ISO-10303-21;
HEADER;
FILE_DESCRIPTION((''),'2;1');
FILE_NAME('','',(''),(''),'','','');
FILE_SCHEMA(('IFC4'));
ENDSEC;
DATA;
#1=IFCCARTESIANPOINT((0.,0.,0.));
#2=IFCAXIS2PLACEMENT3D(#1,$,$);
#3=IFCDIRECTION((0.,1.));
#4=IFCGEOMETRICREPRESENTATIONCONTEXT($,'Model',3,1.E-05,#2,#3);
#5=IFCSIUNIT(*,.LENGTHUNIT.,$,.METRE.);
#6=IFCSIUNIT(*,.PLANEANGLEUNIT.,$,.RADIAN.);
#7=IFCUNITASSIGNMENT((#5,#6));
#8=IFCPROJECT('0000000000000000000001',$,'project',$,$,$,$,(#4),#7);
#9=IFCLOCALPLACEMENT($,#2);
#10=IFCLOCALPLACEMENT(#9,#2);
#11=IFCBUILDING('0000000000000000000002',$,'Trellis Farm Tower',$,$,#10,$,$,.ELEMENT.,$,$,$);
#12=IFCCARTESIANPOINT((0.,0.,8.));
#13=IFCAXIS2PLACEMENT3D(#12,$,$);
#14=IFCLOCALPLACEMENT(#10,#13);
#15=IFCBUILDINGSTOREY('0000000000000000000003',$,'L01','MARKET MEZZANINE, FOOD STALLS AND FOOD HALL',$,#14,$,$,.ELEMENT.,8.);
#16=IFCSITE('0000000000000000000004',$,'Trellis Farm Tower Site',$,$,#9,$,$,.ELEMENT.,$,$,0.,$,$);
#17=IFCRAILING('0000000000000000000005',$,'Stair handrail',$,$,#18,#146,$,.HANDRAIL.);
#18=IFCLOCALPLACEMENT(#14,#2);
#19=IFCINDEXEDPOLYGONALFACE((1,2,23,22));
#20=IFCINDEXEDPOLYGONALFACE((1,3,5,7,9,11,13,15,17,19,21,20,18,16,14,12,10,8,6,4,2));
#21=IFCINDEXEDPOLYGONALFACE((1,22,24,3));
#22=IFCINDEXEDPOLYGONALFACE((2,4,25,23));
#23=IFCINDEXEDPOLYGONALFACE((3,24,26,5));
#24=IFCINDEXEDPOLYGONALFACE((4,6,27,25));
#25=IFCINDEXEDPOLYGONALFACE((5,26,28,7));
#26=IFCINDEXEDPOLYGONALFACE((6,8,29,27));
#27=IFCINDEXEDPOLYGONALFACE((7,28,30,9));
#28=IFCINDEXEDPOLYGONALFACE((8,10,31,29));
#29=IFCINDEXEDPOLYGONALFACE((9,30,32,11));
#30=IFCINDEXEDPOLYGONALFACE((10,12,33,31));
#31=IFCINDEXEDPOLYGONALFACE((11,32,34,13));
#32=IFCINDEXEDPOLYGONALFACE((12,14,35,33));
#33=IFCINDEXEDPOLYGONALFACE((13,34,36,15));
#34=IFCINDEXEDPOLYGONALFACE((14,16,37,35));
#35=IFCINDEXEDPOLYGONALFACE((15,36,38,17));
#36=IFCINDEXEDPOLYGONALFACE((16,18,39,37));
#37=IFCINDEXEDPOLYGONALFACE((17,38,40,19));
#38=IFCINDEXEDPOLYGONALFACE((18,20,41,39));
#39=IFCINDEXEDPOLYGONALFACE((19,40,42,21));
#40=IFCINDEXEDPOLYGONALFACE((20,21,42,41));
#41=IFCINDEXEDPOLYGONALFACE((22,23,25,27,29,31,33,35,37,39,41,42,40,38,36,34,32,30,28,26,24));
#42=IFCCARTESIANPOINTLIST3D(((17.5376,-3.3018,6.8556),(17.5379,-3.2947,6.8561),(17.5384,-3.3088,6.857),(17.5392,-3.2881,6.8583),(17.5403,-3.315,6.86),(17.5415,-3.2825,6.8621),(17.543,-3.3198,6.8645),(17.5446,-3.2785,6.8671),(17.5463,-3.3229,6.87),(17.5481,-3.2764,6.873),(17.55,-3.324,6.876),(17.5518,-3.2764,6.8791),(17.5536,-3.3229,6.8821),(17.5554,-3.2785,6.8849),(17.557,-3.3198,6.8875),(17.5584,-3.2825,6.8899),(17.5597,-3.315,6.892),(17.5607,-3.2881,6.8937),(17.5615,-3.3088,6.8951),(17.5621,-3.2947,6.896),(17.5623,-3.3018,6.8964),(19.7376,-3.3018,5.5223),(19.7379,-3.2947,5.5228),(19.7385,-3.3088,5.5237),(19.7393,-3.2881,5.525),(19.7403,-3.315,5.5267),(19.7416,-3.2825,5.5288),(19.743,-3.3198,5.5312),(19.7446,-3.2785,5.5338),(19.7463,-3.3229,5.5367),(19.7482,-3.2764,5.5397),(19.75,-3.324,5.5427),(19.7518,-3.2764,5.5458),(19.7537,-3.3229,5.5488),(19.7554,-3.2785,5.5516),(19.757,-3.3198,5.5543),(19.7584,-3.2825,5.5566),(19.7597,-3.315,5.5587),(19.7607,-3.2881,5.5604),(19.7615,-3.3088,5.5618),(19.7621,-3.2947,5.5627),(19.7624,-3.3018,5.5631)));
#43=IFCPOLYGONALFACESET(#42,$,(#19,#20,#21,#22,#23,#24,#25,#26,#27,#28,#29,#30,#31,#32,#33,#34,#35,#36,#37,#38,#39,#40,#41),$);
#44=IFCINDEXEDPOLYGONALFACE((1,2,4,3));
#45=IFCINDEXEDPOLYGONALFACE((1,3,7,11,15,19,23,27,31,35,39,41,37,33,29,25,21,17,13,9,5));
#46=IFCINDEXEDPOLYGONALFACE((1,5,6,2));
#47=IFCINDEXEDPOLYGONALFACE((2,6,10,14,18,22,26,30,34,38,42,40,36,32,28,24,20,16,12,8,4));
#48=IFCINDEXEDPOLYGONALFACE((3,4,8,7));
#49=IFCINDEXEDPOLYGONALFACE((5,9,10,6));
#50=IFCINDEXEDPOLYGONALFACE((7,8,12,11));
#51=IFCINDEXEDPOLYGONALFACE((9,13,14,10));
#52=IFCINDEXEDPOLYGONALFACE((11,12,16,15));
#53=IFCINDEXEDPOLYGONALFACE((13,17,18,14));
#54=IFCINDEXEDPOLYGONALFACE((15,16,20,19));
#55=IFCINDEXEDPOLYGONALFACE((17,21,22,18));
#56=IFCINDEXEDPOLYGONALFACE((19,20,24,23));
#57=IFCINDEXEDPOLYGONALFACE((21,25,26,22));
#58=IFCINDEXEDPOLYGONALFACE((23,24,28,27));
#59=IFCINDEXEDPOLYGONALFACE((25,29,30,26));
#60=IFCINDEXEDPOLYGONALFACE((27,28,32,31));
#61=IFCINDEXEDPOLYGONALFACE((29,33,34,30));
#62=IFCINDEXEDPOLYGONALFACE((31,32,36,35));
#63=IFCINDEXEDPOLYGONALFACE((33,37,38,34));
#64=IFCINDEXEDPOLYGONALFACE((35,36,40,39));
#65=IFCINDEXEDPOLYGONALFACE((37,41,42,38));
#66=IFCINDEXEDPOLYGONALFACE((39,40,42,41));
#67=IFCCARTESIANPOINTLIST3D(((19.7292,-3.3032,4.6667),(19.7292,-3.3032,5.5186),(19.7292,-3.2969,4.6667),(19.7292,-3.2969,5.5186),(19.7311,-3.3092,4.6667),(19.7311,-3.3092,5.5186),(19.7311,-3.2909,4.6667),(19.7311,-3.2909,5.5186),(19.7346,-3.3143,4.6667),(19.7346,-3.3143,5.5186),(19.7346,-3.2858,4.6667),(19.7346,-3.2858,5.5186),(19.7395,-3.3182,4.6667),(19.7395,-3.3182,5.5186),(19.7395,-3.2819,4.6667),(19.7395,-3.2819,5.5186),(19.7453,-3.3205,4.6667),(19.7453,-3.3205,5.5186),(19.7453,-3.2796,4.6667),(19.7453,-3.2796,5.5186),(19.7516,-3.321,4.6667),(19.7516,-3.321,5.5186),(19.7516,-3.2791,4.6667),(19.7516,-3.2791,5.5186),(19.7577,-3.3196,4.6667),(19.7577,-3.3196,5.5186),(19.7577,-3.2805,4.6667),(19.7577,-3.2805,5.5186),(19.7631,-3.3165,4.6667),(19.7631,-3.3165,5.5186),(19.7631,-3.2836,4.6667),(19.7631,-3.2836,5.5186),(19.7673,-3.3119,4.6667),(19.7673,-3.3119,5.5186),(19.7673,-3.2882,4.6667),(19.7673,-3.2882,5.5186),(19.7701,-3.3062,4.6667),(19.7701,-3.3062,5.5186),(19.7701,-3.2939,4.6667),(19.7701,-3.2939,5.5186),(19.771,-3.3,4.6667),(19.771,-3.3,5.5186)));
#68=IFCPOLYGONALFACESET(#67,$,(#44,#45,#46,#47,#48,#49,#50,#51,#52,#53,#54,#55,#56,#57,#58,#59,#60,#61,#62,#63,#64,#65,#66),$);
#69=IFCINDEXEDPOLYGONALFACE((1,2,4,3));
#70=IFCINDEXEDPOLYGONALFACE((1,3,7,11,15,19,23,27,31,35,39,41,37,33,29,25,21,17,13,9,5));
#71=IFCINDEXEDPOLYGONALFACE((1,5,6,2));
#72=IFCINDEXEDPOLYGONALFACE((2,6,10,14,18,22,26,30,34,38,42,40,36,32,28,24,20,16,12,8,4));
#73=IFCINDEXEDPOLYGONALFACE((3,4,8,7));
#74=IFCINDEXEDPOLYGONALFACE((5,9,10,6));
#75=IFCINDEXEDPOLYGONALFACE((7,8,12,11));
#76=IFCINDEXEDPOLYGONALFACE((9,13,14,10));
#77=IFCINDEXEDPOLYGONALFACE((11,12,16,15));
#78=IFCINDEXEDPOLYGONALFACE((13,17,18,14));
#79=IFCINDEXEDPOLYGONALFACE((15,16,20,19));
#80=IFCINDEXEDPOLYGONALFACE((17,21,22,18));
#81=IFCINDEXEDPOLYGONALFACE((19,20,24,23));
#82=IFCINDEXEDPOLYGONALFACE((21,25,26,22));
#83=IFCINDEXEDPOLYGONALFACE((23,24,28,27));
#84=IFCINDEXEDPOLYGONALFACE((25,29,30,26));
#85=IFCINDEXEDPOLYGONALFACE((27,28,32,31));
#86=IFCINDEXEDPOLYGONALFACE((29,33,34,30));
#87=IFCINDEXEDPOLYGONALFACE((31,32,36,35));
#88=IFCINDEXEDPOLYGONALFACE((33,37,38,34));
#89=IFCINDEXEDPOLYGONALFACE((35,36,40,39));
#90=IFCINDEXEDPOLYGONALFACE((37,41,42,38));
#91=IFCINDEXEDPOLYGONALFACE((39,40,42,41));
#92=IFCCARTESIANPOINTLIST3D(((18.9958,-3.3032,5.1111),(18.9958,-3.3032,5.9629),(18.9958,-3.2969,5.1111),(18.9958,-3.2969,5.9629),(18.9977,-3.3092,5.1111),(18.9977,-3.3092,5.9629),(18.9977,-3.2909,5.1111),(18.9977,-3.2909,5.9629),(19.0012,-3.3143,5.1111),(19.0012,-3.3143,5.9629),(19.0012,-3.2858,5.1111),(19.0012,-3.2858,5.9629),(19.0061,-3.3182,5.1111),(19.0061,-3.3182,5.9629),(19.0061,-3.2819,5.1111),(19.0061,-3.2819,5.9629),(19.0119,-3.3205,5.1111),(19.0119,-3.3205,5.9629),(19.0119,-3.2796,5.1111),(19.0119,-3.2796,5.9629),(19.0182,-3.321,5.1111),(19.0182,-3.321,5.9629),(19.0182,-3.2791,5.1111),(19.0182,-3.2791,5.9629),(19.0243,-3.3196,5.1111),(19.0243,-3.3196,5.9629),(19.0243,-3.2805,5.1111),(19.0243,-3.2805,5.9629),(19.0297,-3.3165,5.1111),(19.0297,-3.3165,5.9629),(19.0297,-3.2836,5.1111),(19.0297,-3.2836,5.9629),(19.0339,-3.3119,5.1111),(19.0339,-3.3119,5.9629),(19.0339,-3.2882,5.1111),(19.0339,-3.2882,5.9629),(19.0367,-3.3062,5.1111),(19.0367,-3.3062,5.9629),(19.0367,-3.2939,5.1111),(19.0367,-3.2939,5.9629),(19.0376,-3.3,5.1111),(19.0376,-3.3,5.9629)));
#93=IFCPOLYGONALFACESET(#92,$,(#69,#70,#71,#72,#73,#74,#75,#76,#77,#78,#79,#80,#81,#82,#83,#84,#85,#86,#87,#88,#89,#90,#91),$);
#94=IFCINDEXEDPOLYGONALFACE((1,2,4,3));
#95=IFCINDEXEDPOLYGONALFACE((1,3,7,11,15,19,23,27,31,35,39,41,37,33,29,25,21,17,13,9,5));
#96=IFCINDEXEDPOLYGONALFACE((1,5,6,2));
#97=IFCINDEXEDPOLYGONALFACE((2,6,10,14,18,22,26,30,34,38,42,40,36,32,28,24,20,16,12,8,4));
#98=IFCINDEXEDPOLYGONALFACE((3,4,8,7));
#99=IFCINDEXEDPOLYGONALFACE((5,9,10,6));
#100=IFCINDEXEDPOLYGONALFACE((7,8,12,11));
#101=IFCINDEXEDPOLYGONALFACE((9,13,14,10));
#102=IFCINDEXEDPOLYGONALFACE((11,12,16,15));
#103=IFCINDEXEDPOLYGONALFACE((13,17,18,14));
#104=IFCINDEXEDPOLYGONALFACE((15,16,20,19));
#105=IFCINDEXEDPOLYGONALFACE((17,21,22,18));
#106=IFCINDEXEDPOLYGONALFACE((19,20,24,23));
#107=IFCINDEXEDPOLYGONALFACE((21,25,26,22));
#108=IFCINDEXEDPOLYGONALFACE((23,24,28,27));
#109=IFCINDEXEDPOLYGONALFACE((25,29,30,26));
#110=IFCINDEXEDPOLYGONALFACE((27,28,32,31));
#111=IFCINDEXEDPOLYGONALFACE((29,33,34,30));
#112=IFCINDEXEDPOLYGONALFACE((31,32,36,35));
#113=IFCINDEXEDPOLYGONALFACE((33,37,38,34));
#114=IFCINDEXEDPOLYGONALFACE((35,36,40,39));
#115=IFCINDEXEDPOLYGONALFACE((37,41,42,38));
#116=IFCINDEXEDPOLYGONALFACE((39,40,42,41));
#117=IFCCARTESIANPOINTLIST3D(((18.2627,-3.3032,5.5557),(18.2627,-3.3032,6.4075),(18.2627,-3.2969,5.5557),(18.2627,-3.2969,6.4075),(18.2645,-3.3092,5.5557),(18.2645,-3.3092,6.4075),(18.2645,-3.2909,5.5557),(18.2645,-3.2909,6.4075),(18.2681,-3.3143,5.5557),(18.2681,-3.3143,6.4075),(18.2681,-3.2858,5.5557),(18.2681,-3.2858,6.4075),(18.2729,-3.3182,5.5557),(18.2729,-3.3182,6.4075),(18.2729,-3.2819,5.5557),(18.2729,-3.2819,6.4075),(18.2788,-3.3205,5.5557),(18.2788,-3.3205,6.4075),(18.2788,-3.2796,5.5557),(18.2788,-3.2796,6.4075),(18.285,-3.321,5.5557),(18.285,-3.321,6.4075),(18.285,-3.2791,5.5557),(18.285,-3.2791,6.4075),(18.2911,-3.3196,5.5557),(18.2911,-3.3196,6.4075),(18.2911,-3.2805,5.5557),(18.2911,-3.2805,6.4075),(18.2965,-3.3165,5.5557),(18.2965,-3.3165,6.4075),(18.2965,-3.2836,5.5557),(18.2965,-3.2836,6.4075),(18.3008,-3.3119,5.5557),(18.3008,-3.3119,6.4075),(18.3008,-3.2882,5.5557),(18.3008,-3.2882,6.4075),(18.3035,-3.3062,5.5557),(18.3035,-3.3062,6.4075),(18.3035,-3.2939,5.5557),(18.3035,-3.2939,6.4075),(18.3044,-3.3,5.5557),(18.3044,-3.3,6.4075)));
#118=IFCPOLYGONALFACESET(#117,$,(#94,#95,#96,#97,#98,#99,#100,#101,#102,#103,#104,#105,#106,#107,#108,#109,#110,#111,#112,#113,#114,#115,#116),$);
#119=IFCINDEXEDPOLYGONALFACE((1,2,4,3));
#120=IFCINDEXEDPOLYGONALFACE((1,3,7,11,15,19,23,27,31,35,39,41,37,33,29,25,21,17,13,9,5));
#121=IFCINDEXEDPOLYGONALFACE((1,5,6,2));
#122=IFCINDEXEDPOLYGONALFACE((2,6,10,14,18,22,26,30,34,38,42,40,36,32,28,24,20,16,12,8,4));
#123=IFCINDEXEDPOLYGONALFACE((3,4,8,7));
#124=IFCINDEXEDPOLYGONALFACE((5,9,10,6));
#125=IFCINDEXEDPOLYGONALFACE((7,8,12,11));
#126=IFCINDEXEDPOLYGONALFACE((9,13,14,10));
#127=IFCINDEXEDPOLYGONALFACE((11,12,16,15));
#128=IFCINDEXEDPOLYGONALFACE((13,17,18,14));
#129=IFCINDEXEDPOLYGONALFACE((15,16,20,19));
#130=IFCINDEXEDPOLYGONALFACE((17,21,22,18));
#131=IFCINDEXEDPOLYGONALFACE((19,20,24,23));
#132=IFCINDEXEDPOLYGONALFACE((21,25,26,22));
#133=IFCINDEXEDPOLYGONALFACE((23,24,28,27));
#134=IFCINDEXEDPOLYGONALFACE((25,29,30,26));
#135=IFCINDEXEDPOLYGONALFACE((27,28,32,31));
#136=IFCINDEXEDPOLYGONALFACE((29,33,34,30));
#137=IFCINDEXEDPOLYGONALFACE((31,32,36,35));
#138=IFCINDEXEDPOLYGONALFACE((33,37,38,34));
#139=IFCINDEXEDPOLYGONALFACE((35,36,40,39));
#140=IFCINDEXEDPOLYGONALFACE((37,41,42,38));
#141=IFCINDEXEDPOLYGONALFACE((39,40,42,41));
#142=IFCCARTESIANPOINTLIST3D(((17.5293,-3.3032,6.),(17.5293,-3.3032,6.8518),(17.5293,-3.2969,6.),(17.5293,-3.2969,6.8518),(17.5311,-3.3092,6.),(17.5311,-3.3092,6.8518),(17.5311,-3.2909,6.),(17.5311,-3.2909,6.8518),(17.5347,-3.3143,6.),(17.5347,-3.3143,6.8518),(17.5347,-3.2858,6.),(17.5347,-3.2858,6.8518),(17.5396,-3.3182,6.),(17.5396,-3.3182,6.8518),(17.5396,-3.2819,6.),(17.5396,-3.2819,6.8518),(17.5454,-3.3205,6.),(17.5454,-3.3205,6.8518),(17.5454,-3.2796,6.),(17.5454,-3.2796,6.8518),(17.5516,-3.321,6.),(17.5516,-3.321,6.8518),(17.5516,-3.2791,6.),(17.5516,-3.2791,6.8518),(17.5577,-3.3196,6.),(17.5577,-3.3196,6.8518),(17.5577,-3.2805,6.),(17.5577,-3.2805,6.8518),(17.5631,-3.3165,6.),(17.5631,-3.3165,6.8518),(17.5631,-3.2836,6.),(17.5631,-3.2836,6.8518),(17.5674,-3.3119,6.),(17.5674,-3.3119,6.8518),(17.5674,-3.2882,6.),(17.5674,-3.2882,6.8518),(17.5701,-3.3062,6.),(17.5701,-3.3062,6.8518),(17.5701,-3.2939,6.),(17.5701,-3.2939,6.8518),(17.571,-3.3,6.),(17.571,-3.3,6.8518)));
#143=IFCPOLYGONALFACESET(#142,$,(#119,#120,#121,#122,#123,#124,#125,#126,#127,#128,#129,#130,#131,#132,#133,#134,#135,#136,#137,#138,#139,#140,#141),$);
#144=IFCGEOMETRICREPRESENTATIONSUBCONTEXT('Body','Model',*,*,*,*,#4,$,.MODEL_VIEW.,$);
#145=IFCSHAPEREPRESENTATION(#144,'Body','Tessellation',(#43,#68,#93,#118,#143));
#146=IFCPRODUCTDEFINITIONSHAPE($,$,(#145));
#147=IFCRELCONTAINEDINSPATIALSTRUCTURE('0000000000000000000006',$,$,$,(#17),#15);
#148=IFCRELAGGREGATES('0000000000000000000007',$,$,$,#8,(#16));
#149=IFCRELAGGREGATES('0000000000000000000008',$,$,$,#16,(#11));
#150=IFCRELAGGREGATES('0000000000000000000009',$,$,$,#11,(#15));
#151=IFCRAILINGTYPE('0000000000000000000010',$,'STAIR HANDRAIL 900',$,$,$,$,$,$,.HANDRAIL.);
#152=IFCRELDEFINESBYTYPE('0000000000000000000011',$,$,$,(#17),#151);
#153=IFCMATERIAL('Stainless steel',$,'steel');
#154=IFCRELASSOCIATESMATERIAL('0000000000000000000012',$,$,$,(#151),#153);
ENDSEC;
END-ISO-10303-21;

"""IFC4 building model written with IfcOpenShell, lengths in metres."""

from ifc_helpers import new_model, si_unit, direction, frame, origin, origin_2d, place, context, subcontext, project, spatial, circle, extrude, source, transform, mapped, material, type_object, element, save


model = new_model("IFC4")

# Units and contexts
model_context = context("Model", 3, precision=1e-05, world=origin(), true_north=direction((0.0, 1.0)))
body_context = subcontext(model_context, "Body", "Model", "MODEL_VIEW")
ifc_project = project(units=[si_unit("LENGTHUNIT", "METRE"), si_unit("PLANEANGLEUNIT", "RADIAN")], contexts=[model_context])

# Site, building, storey
site_placement = place(None, origin())
site = spatial("IfcSite", under=ifc_project, at=site_placement, Name="Trellis Farm Tower Site", CompositionType="ELEMENT", RefElevation=0.0)
building_placement = place(site_placement, origin())
building = spatial("IfcBuilding", under=site, at=building_placement, Name="Trellis Farm Tower", CompositionType="ELEMENT")
storey_placement = place(building_placement, frame((0.0, 0.0, 8.0)))
storey = spatial("IfcBuildingStorey", under=building, at=storey_placement, Name="L01", Description="MARKET MEZZANINE, FOOD STALLS AND FOOD HALL", CompositionType="ELEMENT", Elevation=8.0)

# Railing
ifc_material_1 = material(Name="Stainless steel", Category="steel")
railing_type = type_object("IfcRailingType", Name="STAIR HANDRAIL 900", PredefinedType="HANDRAIL", material=ifc_material_1)
shared_shape_1 = source(origin(), body_context, "Body", "SweptSolid", [
    extrude(circle(Radius=0.0239, at=origin_2d()), frame((0.0, 0.0, 0.876), z_axis=(-0.855207, 0.0, 0.518287), x_axis=(0.0, -1.0, 0.0)), (0.0, 0.0, 1.0), 2.5725),
    extrude(circle(Radius=0.021, at=origin_2d()), origin(), (0.0, 0.0, 1.0), 0.8518),
    extrude(circle(Radius=0.021, at=origin_2d()), frame((-0.7334, 0.0, 0.4443)), (0.0, 0.0, 1.0), 0.8518),
    extrude(circle(Radius=0.021, at=origin_2d()), frame((-1.4666, 0.0, 0.8889)), (0.0, 0.0, 1.0), 0.8518),
    extrude(circle(Radius=0.021, at=origin_2d()), frame((-2.2, 0.0, 1.3333)), (0.0, 0.0, 1.0), 0.8518),
])
for number, where, name in (
    (1, (19.75, -3.3, 4.6667), "Stair handrail"),
):
    element("IfcRailing", number, at=place(storey_placement, frame(where)), inside=storey, type_object=railing_type, Name=name, PredefinedType="HANDRAIL", context=body_context, shape_type="MappedRepresentation", body=[
        mapped(shared_shape_1, transform((0.0, 0.0, 0.0))),
    ])

save(model, "model.ifc")
